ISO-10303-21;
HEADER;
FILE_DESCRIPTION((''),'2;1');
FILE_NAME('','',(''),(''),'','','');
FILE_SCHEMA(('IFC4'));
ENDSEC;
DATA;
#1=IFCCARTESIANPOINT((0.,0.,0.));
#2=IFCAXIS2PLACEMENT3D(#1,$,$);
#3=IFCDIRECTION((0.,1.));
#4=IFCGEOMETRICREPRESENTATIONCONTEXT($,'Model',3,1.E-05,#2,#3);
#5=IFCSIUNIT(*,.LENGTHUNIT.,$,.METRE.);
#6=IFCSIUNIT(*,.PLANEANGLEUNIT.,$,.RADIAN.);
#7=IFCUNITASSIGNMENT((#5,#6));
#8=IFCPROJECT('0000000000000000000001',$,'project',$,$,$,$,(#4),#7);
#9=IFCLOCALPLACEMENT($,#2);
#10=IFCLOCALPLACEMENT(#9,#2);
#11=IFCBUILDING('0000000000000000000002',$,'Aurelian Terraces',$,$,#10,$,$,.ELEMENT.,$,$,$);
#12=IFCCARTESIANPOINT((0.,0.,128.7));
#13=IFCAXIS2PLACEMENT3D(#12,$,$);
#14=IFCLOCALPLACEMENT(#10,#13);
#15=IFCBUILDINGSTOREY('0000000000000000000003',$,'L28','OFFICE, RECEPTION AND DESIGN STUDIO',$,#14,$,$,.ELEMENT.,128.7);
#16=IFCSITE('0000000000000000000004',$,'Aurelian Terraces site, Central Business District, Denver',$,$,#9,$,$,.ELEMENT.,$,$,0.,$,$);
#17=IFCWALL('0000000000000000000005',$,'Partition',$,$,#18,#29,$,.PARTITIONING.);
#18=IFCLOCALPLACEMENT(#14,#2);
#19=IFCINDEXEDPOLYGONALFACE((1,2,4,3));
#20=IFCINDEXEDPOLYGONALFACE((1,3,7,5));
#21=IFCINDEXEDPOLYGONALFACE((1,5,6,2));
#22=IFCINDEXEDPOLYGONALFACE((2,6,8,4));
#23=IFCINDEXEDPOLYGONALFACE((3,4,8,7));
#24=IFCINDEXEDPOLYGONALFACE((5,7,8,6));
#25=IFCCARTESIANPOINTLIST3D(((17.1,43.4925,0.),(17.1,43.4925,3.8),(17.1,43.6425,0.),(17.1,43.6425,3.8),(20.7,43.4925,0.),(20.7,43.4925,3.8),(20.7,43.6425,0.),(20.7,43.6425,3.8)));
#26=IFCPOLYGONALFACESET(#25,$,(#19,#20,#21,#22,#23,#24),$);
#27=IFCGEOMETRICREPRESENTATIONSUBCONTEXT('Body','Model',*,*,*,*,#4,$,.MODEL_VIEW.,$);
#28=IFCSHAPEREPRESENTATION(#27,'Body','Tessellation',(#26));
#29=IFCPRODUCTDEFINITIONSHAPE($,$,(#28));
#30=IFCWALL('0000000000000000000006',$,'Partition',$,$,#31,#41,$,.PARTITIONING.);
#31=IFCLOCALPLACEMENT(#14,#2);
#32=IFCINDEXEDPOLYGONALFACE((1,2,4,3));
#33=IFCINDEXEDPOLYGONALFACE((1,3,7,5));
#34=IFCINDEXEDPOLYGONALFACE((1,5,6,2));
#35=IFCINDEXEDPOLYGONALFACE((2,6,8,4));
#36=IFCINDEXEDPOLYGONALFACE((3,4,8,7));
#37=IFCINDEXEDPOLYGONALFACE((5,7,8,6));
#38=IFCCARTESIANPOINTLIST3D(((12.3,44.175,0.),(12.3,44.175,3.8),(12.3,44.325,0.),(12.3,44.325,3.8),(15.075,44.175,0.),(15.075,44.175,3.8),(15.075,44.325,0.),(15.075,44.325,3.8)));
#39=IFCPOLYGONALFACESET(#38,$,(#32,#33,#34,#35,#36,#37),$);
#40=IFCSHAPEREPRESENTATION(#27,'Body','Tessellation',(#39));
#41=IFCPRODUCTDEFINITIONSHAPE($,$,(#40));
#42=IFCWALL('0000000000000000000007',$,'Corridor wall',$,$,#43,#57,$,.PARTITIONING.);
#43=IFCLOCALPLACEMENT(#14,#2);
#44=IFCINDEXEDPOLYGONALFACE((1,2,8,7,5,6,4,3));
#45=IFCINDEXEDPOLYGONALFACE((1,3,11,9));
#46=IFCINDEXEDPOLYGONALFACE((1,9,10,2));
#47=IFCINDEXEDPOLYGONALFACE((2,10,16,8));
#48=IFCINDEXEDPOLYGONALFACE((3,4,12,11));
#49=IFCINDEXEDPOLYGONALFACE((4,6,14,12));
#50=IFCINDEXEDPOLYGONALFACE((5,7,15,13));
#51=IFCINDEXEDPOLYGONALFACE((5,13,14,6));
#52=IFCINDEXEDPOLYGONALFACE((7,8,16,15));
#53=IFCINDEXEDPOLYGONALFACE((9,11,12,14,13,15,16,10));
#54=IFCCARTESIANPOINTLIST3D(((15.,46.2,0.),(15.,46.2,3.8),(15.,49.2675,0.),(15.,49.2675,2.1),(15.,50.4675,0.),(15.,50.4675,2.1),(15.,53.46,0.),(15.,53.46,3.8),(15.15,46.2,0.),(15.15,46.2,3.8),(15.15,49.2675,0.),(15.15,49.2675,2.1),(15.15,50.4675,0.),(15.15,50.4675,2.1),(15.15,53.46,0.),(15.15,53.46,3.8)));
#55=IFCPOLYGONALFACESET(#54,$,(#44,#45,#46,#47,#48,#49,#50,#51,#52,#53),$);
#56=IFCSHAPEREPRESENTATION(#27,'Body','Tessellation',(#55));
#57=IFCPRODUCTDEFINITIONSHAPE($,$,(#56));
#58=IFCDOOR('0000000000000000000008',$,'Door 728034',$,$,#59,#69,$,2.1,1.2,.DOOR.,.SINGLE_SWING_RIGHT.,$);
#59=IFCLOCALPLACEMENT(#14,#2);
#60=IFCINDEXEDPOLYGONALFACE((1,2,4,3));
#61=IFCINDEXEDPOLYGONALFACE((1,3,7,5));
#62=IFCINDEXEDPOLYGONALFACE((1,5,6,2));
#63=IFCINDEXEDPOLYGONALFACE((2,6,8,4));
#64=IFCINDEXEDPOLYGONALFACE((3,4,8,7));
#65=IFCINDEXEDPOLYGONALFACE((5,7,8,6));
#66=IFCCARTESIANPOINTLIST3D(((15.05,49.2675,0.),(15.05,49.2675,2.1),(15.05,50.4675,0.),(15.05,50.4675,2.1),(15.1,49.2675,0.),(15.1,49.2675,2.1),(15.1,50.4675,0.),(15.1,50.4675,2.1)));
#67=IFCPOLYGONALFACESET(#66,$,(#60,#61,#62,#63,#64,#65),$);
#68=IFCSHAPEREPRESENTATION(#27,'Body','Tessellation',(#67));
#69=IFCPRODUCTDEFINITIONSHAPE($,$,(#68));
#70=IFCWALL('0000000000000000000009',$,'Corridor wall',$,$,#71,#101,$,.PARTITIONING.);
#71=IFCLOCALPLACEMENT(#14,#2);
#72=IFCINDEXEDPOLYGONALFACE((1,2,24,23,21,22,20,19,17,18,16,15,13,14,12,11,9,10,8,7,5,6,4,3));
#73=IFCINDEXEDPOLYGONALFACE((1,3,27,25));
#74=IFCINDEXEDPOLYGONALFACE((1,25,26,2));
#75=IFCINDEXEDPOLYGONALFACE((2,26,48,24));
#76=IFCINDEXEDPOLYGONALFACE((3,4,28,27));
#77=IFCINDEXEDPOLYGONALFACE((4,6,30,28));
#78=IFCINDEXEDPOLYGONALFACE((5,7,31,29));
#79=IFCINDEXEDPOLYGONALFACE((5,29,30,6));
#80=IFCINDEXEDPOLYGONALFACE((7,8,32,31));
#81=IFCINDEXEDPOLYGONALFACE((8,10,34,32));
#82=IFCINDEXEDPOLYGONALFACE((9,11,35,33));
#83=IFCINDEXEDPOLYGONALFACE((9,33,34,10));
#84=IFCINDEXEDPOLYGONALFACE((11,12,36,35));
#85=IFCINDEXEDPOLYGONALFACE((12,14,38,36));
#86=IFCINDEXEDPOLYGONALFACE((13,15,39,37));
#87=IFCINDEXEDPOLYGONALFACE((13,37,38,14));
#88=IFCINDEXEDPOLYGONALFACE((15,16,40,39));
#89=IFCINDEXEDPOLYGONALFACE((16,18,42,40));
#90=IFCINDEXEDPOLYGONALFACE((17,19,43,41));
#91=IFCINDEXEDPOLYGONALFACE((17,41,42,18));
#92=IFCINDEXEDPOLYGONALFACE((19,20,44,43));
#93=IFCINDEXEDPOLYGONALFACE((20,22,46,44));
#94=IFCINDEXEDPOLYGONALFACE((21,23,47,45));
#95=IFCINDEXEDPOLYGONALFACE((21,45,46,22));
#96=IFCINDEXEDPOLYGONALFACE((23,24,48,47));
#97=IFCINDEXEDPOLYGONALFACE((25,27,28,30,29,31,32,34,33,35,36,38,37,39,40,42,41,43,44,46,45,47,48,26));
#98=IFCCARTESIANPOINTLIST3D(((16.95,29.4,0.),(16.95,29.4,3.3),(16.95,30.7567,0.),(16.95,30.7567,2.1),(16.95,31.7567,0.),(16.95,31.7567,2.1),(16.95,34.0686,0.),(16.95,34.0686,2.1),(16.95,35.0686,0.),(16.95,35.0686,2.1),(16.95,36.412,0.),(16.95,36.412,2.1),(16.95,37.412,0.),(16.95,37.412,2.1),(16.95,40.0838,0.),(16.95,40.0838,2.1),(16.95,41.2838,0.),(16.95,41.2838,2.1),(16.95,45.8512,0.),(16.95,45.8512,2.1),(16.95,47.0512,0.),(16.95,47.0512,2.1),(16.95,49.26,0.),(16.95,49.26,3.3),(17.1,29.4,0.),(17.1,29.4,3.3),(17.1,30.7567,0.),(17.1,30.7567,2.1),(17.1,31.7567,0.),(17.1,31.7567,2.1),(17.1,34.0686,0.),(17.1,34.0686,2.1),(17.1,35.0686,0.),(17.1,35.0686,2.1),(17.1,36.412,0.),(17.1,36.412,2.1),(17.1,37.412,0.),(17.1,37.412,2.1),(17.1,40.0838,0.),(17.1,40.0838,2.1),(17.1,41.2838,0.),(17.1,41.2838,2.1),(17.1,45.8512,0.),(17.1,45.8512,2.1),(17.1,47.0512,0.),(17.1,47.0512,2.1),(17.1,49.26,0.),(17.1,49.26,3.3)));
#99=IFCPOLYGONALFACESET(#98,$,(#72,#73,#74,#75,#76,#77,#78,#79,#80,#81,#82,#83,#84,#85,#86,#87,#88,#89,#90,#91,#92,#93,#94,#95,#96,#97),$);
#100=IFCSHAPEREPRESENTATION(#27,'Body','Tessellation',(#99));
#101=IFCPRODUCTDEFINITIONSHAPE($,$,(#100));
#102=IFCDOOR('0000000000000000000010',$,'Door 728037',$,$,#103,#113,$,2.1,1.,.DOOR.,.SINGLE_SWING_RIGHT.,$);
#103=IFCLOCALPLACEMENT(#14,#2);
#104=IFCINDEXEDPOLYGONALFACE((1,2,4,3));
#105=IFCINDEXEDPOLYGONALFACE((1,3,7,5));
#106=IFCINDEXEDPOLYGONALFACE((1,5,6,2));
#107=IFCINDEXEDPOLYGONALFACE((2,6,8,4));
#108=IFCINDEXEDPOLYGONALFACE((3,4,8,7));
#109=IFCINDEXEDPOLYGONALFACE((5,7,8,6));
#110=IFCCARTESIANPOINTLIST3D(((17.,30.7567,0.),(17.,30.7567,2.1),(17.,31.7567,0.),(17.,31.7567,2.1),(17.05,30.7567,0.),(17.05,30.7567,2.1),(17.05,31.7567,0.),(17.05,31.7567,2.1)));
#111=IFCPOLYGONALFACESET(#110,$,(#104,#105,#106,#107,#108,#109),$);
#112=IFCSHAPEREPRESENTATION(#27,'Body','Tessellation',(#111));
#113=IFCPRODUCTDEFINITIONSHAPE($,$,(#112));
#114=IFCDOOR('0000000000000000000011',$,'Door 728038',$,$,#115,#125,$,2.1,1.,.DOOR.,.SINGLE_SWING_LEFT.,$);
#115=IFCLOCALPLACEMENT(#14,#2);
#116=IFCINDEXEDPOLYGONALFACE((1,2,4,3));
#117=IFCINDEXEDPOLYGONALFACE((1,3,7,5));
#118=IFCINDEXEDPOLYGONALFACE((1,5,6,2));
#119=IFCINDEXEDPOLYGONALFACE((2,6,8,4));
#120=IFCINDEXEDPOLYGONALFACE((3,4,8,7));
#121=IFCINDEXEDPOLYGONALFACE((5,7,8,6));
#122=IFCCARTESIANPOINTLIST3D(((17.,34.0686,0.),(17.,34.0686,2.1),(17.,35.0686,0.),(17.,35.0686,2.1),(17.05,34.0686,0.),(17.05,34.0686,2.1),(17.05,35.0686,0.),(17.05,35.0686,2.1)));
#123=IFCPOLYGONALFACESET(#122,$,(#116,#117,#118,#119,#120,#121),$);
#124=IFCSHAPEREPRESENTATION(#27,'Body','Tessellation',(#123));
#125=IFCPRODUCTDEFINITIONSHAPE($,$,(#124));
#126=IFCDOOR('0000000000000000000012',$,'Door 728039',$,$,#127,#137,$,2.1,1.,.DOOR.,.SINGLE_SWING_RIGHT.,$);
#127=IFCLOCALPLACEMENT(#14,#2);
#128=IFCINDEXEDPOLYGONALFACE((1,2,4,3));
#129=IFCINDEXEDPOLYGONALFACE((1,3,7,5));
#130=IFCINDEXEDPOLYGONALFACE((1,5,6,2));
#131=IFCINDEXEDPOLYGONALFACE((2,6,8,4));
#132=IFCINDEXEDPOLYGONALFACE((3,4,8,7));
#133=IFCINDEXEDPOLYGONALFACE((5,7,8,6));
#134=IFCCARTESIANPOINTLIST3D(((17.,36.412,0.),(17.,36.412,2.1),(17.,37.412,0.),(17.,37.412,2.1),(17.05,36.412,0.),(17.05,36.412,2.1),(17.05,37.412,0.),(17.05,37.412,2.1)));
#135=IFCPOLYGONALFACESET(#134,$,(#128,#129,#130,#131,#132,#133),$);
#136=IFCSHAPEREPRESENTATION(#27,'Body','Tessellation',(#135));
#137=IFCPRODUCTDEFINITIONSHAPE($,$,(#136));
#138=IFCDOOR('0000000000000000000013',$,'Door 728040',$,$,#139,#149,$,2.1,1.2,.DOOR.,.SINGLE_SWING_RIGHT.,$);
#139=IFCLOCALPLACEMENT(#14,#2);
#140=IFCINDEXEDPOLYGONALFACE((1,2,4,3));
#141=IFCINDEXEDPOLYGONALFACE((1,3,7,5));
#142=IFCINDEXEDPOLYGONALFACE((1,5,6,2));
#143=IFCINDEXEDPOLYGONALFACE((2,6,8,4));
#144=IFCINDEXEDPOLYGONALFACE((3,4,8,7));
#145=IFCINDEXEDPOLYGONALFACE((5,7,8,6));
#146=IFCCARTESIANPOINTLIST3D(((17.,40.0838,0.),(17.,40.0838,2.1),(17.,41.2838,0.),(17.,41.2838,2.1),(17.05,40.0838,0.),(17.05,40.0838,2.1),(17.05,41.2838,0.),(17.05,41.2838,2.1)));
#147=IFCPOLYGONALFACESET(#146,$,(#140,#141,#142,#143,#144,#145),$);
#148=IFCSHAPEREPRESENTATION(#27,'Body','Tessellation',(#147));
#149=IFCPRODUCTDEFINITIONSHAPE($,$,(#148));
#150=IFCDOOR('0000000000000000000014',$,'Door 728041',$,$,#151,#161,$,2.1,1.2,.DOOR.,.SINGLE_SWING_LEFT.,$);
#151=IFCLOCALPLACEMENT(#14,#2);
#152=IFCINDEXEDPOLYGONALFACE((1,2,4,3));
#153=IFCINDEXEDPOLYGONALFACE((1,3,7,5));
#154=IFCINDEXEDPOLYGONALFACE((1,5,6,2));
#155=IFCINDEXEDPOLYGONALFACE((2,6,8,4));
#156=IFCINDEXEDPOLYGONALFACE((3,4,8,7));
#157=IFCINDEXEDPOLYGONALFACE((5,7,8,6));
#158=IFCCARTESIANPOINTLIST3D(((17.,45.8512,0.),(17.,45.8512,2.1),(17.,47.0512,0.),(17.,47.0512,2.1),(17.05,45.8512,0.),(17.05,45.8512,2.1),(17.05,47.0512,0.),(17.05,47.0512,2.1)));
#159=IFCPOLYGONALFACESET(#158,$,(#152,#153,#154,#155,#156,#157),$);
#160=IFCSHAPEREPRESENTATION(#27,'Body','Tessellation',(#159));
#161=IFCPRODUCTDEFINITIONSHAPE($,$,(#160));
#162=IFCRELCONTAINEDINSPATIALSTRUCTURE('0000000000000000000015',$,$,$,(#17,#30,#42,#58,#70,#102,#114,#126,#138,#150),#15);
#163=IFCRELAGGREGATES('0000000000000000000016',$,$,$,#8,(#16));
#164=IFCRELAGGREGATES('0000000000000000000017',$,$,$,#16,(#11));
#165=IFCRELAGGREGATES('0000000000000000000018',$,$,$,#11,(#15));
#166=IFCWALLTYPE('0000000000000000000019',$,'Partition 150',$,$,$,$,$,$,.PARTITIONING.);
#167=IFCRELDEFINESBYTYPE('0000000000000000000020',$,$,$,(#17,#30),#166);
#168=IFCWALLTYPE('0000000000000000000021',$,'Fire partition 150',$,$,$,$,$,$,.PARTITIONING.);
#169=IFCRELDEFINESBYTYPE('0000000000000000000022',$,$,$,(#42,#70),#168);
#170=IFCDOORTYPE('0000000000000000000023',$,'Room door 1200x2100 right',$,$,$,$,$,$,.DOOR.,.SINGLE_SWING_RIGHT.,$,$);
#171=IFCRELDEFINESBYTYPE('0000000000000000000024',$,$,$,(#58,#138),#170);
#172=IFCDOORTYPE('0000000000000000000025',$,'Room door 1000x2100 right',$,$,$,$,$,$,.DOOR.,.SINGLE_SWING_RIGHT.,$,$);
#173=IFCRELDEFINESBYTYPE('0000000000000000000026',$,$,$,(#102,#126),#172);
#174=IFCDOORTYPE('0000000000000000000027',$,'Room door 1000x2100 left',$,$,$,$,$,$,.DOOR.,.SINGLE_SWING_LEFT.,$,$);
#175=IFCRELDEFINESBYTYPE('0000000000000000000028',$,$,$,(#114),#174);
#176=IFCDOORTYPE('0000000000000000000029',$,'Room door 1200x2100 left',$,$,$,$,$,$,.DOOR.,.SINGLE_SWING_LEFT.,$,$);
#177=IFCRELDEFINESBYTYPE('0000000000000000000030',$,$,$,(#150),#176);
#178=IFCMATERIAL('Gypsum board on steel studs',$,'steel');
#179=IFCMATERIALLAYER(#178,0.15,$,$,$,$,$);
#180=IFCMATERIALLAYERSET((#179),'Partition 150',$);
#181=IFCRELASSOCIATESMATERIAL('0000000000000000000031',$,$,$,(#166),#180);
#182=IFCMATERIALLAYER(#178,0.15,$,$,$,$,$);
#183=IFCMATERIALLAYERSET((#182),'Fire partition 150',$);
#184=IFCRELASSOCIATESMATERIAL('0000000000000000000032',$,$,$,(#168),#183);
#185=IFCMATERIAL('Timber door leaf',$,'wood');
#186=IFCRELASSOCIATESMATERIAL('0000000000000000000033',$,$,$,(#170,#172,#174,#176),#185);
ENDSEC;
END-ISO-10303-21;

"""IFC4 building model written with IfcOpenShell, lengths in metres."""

from ifc_helpers import new_model, si_unit, direction, frame, frame_2d, origin, place, context, subcontext, project, spatial, rectangle, extrude, source, transform, mapped, material, layer, layer_set, type_object, element, fill, save


model = new_model("IFC4")

# Units and contexts
model_context = context("Model", 3, precision=1e-05, world=origin(), true_north=direction((0.0, 1.0)))
body_context = subcontext(model_context, "Body", "Model", "MODEL_VIEW")
ifc_project = project(units=[si_unit("LENGTHUNIT", "METRE"), si_unit("PLANEANGLEUNIT", "RADIAN")], contexts=[model_context])

# Site, building, storey
site_placement = place(None, origin())
site = spatial("IfcSite", under=ifc_project, at=site_placement, Name="Aurelian Terraces site, Central Business District, Denver", CompositionType="ELEMENT", RefElevation=0.0)
building_placement = place(site_placement, origin())
building = spatial("IfcBuilding", under=site, at=building_placement, Name="Aurelian Terraces", CompositionType="ELEMENT")
storey_placement = place(building_placement, frame((0.0, 0.0, 128.7)))
storey = spatial("IfcBuildingStorey", under=building, at=storey_placement, Name="L28", Description="OFFICE, RECEPTION AND DESIGN STUDIO", CompositionType="ELEMENT", Elevation=128.7)

# Walls
ifc_material_1 = material(Name="Gypsum board on steel studs", Category="steel")
ifc_layer_1 = layer(ifc_material_1, 0.15)
ifc_layer_set_1 = layer_set([ifc_layer_1], Name="Partition 150")
wall_type_1 = type_object("IfcWallType", Name="Partition 150", PredefinedType="PARTITIONING", material=ifc_layer_set_1)
shared_shape_1 = source(origin(), body_context, "Body", "SweptSolid", [
    extrude(rectangle(XDim=3.6, YDim=0.15, at=frame_2d((1.8, 0.0))), origin(), (0.0, 0.0, 1.0), 3.8),
])
wall_1_placement = place(storey_placement, frame((17.1, 43.5675, 0.0), z_axis=(0.0, 0.0, 1.0), x_axis=(1.0, 0.0, 0.0)))
element("IfcWall", 1, at=wall_1_placement, inside=storey, type_object=wall_type_1, Name="Partition", PredefinedType="PARTITIONING", context=body_context, shape_type="MappedRepresentation", body=[
    mapped(shared_shape_1, transform((0.0, 0.0, 0.0), scale=1.0)),
])
shared_shape_2 = source(origin(), body_context, "Body", "SweptSolid", [
    extrude(rectangle(XDim=2.775, YDim=0.15, at=frame_2d((1.3875, 0.0))), origin(), (0.0, 0.0, 1.0), 3.8),
])
wall_2_placement = place(storey_placement, frame((15.075, 44.25, 0.0), z_axis=(0.0, 0.0, 1.0), x_axis=(-1.0, 0.0, 0.0)))
element("IfcWall", 2, at=wall_2_placement, inside=storey, type_object=wall_type_1, Name="Partition", PredefinedType="PARTITIONING", context=body_context, shape_type="MappedRepresentation", body=[
    mapped(shared_shape_2, transform((0.0, 0.0, 0.0), scale=1.0)),
])

# Wall, opening, door
ifc_layer_2 = layer(ifc_material_1, 0.15)
ifc_layer_set_2 = layer_set([ifc_layer_2], Name="Fire partition 150")
wall_type_2 = type_object("IfcWallType", Name="Fire partition 150", PredefinedType="PARTITIONING", material=ifc_layer_set_2)
shared_shape_3 = source(origin(), body_context, "Body", "SweptSolid", [
    extrude(rectangle(XDim=7.26, YDim=0.15, at=frame_2d((3.63, 0.0))), origin(), (0.0, 0.0, 1.0), 3.8),
])
wall_3_placement = place(storey_placement, frame((15.075, 46.2, 0.0), z_axis=(0.0, 0.0, 1.0), x_axis=(0.0, 1.0, 0.0)))
wall_3 = element("IfcWall", 3, at=wall_3_placement, inside=storey, type_object=wall_type_2, Name="Corridor wall", PredefinedType="PARTITIONING", context=body_context, shape_type="MappedRepresentation", body=[
    mapped(shared_shape_3, transform((0.0, 0.0, 0.0), scale=1.0)),
])
shared_shape_4 = source(origin(), body_context, "Body", "SweptSolid", [
    extrude(rectangle(XDim=1.2, YDim=2.1, at=frame_2d((0.6, 1.05))), frame((0.0, 0.085, 0.0), z_axis=(0.0, -1.0, 0.0), x_axis=(1.0, 0.0, 0.0)), (0.0, 0.0, 1.0), 0.17),
])
opening_1_placement = place(wall_3_placement, frame((3.0675, 0.0, 0.0)))
opening_1 = element("IfcOpeningElement", 4, at=opening_1_placement, cuts=wall_3, PredefinedType="OPENING", context=body_context, shape_type="MappedRepresentation", body=[
    mapped(shared_shape_4, transform((0.0, 0.0, 0.0), scale=1.0)),
])
ifc_material_2 = material(Name="Timber door leaf", Category="wood")
door_type_1 = type_object("IfcDoorType", Name="Room door 1200x2100 right", OperationType="SINGLE_SWING_RIGHT", PredefinedType="DOOR", material=ifc_material_2)
shared_shape_5 = source(origin(), body_context, "Body", "SweptSolid", [
    extrude(rectangle(XDim=1.2, YDim=2.1, at=frame_2d((0.6, 1.05))), frame((0.0, 0.025, 0.0), z_axis=(0.0, -1.0, 0.0), x_axis=(1.0, 0.0, 0.0)), (0.0, 0.0, 1.0), 0.05),
])
door_1_placement = place(opening_1_placement, origin())
door_1 = element("IfcDoor", 5, at=door_1_placement, inside=storey, type_object=door_type_1, Name="Door 728034", OperationType="SINGLE_SWING_RIGHT", OverallHeight=2.1, OverallWidth=1.2, PredefinedType="DOOR", context=body_context, shape_type="MappedRepresentation", body=[
    mapped(shared_shape_5, transform((0.0, 0.0, 0.0), scale=1.0)),
])
fill(opening_1, door_1)

# Wall, openings, doors
shared_shape_6 = source(origin(), body_context, "Body", "SweptSolid", [
    extrude(rectangle(XDim=19.86, YDim=0.15, at=frame_2d((9.93, 0.0))), origin(), (0.0, 0.0, 1.0), 3.3),
])
wall_4_placement = place(storey_placement, frame((17.025, 49.26, 0.0), z_axis=(0.0, 0.0, 1.0), x_axis=(0.0, -1.0, 0.0)))
wall_4 = element("IfcWall", 6, at=wall_4_placement, inside=storey, type_object=wall_type_2, Name="Corridor wall", PredefinedType="PARTITIONING", context=body_context, shape_type="MappedRepresentation", body=[
    mapped(shared_shape_6, transform((0.0, 0.0, 0.0), scale=1.0)),
])
shared_shape_7 = source(origin(), body_context, "Body", "SweptSolid", [
    extrude(rectangle(XDim=1.0, YDim=2.1, at=frame_2d((0.5, 1.05))), frame((0.0, 0.085, 0.0), z_axis=(0.0, -1.0, 0.0), x_axis=(1.0, 0.0, 0.0)), (0.0, 0.0, 1.0), 0.17),
])
opening_2_placement = place(wall_4_placement, frame((17.5033, 0.0, 0.0)))
opening_2 = element("IfcOpeningElement", 7, at=opening_2_placement, cuts=wall_4, PredefinedType="OPENING", context=body_context, shape_type="MappedRepresentation", body=[
    mapped(shared_shape_7, transform((0.0, 0.0, 0.0), scale=1.0)),
])
opening_3_placement = place(wall_4_placement, frame((14.1914, 0.0, 0.0)))
opening_3 = element("IfcOpeningElement", 8, at=opening_3_placement, cuts=wall_4, PredefinedType="OPENING", context=body_context, shape_type="MappedRepresentation", body=[
    mapped(shared_shape_7, transform((0.0, 0.0, 0.0), scale=1.0)),
])
opening_4_placement = place(wall_4_placement, frame((11.848, 0.0, 0.0)))
opening_4 = element("IfcOpeningElement", 9, at=opening_4_placement, cuts=wall_4, PredefinedType="OPENING", context=body_context, shape_type="MappedRepresentation", body=[
    mapped(shared_shape_7, transform((0.0, 0.0, 0.0), scale=1.0)),
])
opening_5_placement = place(wall_4_placement, frame((7.9762, 0.0, 0.0)))
opening_5 = element("IfcOpeningElement", 10, at=opening_5_placement, cuts=wall_4, PredefinedType="OPENING", context=body_context, shape_type="MappedRepresentation", body=[
    mapped(shared_shape_4, transform((0.0, 0.0, 0.0), scale=1.0)),
])
opening_6_placement = place(wall_4_placement, frame((2.2088, 0.0, 0.0)))
opening_6 = element("IfcOpeningElement", 11, at=opening_6_placement, cuts=wall_4, PredefinedType="OPENING", context=body_context, shape_type="MappedRepresentation", body=[
    mapped(shared_shape_4, transform((0.0, 0.0, 0.0), scale=1.0)),
])
door_type_2 = type_object("IfcDoorType", Name="Room door 1000x2100 right", OperationType="SINGLE_SWING_RIGHT", PredefinedType="DOOR", material=ifc_material_2)
shared_shape_8 = source(origin(), body_context, "Body", "SweptSolid", [
    extrude(rectangle(XDim=1.0, YDim=2.1, at=frame_2d((0.5, 1.05))), frame((0.0, 0.025, 0.0), z_axis=(0.0, -1.0, 0.0), x_axis=(1.0, 0.0, 0.0)), (0.0, 0.0, 1.0), 0.05),
])
door_2_placement = place(opening_2_placement, origin())
door_2 = element("IfcDoor", 12, at=door_2_placement, inside=storey, type_object=door_type_2, Name="Door 728037", OperationType="SINGLE_SWING_RIGHT", OverallHeight=2.1, OverallWidth=1.0, PredefinedType="DOOR", context=body_context, shape_type="MappedRepresentation", body=[
    mapped(shared_shape_8, transform((0.0, 0.0, 0.0), scale=1.0)),
])
fill(opening_2, door_2)
door_type_3 = type_object("IfcDoorType", Name="Room door 1000x2100 left", OperationType="SINGLE_SWING_LEFT", PredefinedType="DOOR", material=ifc_material_2)
door_3_placement = place(opening_3_placement, origin())
door_3 = element("IfcDoor", 13, at=door_3_placement, inside=storey, type_object=door_type_3, Name="Door 728038", OperationType="SINGLE_SWING_LEFT", OverallHeight=2.1, OverallWidth=1.0, PredefinedType="DOOR", context=body_context, shape_type="MappedRepresentation", body=[
    mapped(shared_shape_8, transform((0.0, 0.0, 0.0), scale=1.0)),
])
fill(opening_3, door_3)
door_4_placement = place(opening_4_placement, origin())
door_4 = element("IfcDoor", 14, at=door_4_placement, inside=storey, type_object=door_type_2, Name="Door 728039", OperationType="SINGLE_SWING_RIGHT", OverallHeight=2.1, OverallWidth=1.0, PredefinedType="DOOR", context=body_context, shape_type="MappedRepresentation", body=[
    mapped(shared_shape_8, transform((0.0, 0.0, 0.0), scale=1.0)),
])
fill(opening_4, door_4)
door_5_placement = place(opening_5_placement, origin())
door_5 = element("IfcDoor", 15, at=door_5_placement, inside=storey, type_object=door_type_1, Name="Door 728040", OperationType="SINGLE_SWING_RIGHT", OverallHeight=2.1, OverallWidth=1.2, PredefinedType="DOOR", context=body_context, shape_type="MappedRepresentation", body=[
    mapped(shared_shape_5, transform((0.0, 0.0, 0.0), scale=1.0)),
])
fill(opening_5, door_5)
door_type_4 = type_object("IfcDoorType", Name="Room door 1200x2100 left", OperationType="SINGLE_SWING_LEFT", PredefinedType="DOOR", material=ifc_material_2)
door_6_placement = place(opening_6_placement, origin())
door_6 = element("IfcDoor", 16, at=door_6_placement, inside=storey, type_object=door_type_4, Name="Door 728041", OperationType="SINGLE_SWING_LEFT", OverallHeight=2.1, OverallWidth=1.2, PredefinedType="DOOR", context=body_context, shape_type="MappedRepresentation", body=[
    mapped(shared_shape_5, transform((0.0, 0.0, 0.0), scale=1.0)),
])
fill(opening_6, door_6)

save(model, "model.ifc")
